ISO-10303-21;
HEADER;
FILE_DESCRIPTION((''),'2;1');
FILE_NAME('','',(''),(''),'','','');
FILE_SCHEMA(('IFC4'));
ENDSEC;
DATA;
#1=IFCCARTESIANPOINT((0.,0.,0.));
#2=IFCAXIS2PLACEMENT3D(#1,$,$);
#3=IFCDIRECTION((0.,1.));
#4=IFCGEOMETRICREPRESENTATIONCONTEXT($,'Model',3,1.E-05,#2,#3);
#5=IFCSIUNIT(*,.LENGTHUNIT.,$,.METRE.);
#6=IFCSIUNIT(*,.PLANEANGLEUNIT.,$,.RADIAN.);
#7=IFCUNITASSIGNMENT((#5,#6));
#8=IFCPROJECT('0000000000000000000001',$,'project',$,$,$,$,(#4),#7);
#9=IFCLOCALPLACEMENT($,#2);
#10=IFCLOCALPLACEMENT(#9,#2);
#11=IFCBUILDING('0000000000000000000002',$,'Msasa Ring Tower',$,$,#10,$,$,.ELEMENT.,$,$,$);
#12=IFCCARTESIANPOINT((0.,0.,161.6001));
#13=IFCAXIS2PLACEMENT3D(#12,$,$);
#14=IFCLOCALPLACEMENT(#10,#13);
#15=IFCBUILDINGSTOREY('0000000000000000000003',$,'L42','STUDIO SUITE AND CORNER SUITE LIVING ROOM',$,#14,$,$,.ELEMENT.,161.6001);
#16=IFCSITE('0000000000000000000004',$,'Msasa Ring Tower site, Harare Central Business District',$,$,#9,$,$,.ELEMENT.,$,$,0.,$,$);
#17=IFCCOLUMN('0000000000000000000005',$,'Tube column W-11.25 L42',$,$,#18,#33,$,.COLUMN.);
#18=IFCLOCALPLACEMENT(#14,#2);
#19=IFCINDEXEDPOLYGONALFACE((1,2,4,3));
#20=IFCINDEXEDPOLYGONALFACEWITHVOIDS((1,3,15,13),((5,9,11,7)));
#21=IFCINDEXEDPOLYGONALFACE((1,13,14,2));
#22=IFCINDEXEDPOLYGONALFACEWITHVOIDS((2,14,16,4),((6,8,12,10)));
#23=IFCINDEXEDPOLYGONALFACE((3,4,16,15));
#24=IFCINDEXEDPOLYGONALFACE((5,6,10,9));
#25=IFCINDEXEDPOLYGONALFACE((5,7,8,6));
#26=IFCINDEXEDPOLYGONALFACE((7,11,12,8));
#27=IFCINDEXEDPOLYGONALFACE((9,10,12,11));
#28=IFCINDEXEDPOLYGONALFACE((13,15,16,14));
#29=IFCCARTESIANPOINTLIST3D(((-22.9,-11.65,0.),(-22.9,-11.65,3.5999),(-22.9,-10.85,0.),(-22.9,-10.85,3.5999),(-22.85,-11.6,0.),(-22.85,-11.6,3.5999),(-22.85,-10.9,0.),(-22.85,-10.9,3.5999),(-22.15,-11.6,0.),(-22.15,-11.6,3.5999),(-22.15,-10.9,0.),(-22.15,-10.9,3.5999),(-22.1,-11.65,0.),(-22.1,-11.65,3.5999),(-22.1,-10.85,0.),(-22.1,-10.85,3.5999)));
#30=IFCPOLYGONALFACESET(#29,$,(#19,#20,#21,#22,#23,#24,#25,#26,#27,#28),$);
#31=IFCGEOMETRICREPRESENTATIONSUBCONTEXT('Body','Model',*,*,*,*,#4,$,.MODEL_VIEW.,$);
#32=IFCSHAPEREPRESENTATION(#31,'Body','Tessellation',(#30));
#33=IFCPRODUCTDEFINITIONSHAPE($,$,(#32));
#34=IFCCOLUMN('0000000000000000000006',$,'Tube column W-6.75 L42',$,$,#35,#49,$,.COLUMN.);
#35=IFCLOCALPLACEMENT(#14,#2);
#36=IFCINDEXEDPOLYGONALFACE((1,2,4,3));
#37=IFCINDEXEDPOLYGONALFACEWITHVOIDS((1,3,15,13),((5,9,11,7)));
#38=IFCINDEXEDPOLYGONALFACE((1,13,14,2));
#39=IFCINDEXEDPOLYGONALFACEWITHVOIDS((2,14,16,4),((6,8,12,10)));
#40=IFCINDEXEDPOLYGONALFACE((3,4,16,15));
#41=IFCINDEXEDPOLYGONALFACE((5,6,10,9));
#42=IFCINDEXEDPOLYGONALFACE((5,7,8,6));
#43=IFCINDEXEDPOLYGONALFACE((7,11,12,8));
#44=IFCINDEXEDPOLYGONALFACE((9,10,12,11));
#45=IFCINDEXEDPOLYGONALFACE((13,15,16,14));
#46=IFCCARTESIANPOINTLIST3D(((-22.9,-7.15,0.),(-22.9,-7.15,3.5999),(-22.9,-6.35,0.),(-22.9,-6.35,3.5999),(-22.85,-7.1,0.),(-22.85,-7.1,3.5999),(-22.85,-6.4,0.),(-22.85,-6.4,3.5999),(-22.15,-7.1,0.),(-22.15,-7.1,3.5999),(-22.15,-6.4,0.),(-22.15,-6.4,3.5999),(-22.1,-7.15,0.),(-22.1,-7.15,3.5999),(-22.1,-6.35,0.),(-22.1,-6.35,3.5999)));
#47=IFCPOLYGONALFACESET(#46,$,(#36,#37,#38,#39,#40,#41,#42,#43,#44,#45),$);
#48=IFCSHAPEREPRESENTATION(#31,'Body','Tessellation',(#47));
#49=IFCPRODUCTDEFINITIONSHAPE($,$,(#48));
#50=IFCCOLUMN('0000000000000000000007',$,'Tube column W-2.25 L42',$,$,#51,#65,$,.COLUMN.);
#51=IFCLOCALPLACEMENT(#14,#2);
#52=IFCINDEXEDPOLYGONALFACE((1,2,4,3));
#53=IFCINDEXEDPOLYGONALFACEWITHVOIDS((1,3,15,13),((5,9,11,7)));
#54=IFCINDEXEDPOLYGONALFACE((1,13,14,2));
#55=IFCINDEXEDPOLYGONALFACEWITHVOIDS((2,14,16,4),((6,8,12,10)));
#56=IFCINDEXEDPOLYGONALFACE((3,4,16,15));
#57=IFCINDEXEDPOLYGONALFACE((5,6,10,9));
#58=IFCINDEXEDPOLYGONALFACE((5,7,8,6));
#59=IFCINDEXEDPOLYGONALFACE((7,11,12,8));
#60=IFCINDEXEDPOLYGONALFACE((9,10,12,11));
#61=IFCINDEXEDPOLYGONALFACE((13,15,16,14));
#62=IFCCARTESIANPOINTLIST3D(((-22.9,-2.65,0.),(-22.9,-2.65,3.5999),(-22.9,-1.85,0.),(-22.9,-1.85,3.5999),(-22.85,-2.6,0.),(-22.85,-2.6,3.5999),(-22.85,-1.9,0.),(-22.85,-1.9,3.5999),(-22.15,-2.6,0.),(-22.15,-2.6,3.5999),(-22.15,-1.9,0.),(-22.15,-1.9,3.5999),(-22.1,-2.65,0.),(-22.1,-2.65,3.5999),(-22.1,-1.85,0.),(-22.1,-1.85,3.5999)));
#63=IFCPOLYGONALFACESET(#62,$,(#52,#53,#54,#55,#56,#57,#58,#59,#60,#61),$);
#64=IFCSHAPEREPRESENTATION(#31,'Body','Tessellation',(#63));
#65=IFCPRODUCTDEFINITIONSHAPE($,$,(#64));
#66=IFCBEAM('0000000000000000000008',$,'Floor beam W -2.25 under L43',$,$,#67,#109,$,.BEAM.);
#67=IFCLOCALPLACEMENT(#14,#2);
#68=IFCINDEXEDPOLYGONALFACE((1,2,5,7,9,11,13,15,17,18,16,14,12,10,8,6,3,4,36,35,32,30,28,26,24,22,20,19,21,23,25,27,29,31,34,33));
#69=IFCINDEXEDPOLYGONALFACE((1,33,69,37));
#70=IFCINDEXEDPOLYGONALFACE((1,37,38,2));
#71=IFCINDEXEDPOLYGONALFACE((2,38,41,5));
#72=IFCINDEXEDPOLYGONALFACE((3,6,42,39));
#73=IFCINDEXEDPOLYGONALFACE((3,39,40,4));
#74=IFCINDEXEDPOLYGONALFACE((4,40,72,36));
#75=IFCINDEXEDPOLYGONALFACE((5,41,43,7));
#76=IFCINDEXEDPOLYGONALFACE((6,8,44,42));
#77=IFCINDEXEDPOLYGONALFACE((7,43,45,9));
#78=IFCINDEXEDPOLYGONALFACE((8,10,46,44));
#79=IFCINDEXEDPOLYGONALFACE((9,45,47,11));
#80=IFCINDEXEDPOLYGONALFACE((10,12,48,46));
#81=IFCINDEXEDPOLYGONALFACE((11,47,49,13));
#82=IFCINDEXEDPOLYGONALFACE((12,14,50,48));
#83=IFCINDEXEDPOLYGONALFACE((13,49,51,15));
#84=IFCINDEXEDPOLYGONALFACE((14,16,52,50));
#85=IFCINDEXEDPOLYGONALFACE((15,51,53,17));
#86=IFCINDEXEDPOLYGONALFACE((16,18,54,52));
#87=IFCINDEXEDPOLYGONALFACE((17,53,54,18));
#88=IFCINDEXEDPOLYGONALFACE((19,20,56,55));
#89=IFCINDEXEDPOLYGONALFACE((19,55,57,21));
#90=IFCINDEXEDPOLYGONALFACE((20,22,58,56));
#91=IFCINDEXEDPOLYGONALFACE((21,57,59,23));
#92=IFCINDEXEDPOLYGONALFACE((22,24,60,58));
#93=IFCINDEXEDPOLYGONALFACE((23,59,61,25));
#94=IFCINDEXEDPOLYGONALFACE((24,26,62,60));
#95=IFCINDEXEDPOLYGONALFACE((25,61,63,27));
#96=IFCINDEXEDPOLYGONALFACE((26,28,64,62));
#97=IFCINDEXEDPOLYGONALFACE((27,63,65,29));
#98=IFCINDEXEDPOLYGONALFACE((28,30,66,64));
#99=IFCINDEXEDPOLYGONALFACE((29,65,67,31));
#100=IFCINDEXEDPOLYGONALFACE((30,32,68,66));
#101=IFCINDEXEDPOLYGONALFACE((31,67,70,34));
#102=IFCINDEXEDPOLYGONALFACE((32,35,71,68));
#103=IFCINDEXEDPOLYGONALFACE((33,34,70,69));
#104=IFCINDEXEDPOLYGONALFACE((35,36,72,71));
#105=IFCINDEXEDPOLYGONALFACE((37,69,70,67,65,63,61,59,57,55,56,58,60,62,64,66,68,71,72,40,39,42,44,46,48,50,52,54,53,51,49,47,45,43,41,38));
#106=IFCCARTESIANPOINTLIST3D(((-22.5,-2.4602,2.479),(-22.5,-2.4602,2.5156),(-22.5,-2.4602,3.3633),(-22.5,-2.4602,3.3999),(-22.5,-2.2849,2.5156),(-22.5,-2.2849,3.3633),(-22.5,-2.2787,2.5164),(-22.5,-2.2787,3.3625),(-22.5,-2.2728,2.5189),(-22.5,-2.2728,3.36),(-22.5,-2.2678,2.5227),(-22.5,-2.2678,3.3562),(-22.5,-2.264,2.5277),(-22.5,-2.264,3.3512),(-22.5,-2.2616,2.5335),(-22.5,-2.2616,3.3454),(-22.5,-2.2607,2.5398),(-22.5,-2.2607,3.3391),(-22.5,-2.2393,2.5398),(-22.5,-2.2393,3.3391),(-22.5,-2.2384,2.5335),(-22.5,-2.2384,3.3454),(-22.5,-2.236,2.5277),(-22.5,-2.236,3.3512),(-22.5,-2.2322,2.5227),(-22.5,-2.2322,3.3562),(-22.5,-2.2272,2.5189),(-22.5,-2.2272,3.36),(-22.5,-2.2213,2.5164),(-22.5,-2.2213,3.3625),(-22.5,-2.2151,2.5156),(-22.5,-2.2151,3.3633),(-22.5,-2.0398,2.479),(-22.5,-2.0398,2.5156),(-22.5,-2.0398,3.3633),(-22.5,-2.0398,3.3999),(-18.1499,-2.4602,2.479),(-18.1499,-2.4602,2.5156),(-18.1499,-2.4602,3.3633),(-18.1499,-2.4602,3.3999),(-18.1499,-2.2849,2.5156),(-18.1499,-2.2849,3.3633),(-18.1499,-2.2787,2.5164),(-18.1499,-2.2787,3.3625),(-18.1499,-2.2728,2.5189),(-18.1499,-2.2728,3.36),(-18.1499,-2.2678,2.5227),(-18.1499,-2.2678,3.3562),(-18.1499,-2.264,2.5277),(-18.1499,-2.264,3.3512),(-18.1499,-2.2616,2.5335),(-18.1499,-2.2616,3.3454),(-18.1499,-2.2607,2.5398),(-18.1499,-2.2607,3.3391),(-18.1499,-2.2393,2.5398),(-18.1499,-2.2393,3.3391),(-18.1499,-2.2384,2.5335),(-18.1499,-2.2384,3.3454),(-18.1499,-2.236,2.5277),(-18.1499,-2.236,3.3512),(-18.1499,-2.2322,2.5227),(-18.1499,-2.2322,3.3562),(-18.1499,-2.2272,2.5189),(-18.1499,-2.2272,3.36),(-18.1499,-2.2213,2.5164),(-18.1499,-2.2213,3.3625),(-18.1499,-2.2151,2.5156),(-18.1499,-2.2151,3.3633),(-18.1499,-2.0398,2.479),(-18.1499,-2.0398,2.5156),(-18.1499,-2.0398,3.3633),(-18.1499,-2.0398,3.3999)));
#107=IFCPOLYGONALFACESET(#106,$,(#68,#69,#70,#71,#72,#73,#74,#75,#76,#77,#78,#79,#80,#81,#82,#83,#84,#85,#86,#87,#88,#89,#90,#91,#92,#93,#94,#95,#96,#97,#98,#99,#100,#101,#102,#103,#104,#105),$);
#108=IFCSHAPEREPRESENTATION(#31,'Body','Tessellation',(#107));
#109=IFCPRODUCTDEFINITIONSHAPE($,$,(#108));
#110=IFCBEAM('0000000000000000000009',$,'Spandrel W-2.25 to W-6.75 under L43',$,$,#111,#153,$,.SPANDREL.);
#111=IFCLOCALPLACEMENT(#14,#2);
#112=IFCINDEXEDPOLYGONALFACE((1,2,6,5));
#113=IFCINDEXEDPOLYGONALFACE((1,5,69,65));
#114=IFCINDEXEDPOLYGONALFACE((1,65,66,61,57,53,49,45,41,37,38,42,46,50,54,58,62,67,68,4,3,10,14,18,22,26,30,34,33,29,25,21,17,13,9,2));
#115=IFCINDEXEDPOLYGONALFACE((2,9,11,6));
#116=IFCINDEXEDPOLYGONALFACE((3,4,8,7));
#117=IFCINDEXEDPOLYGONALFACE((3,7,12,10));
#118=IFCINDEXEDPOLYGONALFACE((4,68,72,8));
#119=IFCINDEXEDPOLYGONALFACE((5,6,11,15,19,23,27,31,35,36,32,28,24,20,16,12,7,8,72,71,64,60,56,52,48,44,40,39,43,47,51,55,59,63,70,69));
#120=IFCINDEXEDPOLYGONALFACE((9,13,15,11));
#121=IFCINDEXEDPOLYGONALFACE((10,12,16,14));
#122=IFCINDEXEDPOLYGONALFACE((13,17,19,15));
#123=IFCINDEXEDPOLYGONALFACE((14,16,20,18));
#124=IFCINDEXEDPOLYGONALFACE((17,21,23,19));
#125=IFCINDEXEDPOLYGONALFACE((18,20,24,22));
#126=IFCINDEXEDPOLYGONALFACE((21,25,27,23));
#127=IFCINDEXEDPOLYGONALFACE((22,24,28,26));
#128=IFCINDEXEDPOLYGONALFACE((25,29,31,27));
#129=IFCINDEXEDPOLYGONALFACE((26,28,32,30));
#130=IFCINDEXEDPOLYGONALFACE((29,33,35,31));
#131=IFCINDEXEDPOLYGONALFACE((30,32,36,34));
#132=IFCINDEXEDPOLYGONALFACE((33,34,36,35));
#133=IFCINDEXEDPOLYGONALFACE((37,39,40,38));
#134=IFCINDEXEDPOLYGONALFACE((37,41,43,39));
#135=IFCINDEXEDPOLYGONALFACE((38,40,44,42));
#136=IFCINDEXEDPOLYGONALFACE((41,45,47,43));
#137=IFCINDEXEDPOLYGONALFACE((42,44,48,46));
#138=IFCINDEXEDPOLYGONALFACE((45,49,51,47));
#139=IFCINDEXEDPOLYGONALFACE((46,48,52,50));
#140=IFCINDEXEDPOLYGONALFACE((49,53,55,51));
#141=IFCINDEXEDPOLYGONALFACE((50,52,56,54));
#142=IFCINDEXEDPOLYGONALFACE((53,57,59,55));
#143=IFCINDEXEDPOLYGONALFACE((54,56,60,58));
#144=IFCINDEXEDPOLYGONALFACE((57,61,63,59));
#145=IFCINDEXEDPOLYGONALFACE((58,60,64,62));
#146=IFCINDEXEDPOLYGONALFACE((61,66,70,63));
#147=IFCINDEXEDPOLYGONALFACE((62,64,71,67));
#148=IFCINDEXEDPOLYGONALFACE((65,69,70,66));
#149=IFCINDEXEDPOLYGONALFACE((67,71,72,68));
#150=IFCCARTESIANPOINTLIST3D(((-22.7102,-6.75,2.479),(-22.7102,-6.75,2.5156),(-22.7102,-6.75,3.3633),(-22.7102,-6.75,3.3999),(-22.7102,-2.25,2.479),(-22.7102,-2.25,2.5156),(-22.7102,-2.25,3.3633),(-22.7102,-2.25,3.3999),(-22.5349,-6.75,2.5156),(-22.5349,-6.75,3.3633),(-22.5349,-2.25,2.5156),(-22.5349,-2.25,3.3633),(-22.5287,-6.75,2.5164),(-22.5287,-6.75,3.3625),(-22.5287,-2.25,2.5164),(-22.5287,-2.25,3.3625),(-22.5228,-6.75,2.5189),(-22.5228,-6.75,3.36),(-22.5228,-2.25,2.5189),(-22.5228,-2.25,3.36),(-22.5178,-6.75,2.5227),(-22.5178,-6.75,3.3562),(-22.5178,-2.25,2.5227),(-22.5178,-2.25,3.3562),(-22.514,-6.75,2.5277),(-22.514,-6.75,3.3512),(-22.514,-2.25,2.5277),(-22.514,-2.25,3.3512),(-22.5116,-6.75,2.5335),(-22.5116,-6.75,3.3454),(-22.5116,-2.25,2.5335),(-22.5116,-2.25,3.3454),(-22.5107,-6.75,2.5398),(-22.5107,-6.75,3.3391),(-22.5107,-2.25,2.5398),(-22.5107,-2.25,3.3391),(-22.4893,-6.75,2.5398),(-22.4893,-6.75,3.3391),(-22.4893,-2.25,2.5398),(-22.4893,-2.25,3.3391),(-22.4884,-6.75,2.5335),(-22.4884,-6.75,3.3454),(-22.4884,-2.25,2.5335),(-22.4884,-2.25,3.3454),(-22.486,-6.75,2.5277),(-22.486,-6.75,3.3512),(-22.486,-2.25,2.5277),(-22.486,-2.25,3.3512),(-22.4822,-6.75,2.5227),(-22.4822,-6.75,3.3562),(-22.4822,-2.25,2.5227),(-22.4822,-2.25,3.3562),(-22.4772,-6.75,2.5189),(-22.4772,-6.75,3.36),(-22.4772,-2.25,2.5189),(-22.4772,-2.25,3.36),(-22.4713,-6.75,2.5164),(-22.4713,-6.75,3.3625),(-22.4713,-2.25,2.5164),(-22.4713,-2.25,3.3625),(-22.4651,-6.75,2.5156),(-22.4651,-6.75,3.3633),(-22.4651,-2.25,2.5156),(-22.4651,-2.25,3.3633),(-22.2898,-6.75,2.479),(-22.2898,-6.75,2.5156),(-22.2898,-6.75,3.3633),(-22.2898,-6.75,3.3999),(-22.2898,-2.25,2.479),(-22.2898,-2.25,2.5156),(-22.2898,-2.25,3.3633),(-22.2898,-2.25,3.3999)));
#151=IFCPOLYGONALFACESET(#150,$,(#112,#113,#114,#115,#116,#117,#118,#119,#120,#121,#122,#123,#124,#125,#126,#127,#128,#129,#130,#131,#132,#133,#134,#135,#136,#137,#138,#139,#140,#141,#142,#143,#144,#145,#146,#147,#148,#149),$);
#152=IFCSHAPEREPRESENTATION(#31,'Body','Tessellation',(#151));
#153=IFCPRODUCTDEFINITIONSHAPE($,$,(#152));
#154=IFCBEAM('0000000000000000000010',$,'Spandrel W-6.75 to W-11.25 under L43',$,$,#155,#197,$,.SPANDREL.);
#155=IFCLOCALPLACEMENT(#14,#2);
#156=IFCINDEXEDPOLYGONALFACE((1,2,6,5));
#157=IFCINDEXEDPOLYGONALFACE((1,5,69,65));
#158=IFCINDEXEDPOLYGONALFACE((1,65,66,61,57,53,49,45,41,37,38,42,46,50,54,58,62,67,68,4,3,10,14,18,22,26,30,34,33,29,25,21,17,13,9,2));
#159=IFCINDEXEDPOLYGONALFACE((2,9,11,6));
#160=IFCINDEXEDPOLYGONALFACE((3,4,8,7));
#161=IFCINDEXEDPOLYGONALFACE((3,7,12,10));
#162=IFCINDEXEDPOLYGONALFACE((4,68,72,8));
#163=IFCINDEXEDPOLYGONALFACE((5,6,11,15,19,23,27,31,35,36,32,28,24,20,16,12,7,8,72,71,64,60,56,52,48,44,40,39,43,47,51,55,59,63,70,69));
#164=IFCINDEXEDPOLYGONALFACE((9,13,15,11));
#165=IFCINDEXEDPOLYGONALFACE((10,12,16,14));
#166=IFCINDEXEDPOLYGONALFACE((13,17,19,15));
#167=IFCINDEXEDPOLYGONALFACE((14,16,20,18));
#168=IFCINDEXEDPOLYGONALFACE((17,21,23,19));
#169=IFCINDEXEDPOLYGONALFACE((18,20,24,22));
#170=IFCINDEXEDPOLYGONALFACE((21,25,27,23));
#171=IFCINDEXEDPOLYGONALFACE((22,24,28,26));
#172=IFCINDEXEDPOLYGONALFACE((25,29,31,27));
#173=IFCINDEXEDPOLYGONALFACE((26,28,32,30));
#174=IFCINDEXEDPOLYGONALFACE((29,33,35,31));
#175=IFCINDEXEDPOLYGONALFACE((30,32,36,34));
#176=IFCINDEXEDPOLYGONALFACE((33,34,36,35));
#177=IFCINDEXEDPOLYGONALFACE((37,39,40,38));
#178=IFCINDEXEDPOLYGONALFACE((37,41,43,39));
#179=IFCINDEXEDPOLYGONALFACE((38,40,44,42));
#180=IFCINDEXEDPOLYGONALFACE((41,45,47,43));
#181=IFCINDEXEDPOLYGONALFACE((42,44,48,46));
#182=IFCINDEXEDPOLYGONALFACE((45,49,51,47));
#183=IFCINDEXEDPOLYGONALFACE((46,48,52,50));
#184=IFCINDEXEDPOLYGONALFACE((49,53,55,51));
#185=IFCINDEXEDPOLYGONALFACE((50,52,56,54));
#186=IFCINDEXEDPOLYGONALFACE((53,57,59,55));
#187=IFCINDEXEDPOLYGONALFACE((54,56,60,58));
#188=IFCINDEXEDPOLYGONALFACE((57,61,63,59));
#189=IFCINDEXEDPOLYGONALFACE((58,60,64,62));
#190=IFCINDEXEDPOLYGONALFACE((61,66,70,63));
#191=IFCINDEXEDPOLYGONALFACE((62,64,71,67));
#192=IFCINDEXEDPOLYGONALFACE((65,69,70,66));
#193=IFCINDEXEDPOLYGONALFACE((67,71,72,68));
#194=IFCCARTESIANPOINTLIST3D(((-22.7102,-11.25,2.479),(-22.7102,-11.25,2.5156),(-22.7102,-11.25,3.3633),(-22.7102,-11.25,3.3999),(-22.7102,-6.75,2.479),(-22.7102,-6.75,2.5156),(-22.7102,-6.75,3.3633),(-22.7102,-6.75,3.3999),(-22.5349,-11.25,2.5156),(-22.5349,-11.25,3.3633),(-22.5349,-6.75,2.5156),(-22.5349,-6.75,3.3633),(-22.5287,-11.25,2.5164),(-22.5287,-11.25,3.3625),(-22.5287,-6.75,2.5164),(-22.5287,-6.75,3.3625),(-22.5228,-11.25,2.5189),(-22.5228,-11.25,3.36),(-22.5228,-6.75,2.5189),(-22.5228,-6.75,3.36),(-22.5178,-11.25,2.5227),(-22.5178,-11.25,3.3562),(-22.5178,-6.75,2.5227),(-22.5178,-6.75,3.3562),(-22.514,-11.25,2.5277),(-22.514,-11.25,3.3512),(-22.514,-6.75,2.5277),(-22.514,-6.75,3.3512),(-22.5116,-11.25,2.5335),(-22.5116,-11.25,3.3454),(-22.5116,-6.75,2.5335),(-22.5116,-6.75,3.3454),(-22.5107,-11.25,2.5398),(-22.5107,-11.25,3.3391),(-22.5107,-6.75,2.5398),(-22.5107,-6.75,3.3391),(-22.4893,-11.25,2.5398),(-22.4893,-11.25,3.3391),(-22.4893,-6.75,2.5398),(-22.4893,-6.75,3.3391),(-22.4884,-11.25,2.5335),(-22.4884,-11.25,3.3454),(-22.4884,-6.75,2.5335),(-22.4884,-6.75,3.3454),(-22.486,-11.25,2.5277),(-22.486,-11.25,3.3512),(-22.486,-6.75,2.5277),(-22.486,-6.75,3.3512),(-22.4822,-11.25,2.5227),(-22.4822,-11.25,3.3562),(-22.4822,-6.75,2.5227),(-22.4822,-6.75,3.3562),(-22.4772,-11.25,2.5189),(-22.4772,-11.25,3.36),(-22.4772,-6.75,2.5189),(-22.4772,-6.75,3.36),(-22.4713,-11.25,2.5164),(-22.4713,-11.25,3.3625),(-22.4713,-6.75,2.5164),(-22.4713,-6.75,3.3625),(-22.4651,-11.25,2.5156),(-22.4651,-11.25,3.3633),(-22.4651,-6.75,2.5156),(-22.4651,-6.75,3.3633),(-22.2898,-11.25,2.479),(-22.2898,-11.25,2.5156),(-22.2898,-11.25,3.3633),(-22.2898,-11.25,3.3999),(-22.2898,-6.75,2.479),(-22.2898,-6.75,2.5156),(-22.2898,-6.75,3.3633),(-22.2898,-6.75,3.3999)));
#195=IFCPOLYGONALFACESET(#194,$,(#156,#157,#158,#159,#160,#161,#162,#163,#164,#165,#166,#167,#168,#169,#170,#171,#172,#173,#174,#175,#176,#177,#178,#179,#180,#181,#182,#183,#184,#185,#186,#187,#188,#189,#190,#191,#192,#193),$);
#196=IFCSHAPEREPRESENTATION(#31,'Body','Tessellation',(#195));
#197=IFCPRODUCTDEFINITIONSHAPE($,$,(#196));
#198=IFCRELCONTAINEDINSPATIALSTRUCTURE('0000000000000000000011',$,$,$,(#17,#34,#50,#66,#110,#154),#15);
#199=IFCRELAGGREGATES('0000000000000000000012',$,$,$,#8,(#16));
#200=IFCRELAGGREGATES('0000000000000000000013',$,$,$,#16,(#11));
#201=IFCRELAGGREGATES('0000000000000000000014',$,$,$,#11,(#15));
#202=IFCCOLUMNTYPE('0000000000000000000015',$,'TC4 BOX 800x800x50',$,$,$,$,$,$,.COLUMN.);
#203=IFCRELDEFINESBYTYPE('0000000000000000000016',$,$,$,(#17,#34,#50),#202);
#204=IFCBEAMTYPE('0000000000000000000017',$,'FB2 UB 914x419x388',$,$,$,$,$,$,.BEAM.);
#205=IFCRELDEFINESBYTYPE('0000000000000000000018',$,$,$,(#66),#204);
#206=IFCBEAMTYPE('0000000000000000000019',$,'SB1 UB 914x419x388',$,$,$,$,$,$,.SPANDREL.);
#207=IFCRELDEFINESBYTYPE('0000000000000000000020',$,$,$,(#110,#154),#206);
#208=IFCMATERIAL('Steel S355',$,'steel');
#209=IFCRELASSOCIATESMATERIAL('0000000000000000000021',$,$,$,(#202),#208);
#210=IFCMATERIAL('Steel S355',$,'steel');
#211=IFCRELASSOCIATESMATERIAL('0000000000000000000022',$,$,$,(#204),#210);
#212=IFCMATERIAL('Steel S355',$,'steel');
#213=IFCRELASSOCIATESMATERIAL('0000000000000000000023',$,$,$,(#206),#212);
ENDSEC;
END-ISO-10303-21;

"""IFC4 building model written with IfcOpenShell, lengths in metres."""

from ifc_helpers import new_model, si_unit, direction, frame, origin, origin_2d, place, context, subcontext, project, spatial, hollow_rectangle, i_section, extrude, material, material_profile, profile_set, type_object, element, save


model = new_model("IFC4")

# Units and contexts
model_context = context("Model", 3, precision=1e-05, world=origin(), true_north=direction((0.0, 1.0)))
body_context = subcontext(model_context, "Body", "Model", "MODEL_VIEW")
ifc_project = project(units=[si_unit("LENGTHUNIT", "METRE"), si_unit("PLANEANGLEUNIT", "RADIAN")], contexts=[model_context])

# Site, building, storey
site_placement = place(None, origin())
site = spatial("IfcSite", under=ifc_project, at=site_placement, Name="Msasa Ring Tower site, Harare Central Business District", CompositionType="ELEMENT", RefElevation=0.0)
building_placement = place(site_placement, origin())
building = spatial("IfcBuilding", under=site, at=building_placement, Name="Msasa Ring Tower", CompositionType="ELEMENT")
storey_placement = place(building_placement, frame((0.0, 0.0, 161.6001)))
storey = spatial("IfcBuildingStorey", under=building, at=storey_placement, Name="L42", Description="STUDIO SUITE AND CORNER SUITE LIVING ROOM", CompositionType="ELEMENT", Elevation=161.6001)

# Columns
ifc_material_1 = material(Name="Steel S355", Category="steel")
ifc_material_profile_1 = material_profile(ifc_material_1, hollow_rectangle(XDim=0.8, YDim=0.8, WallThickness=0.05, at=origin_2d()), Name="BOX 800x800x50")
ifc_profile_set_1 = profile_set([ifc_material_profile_1], Name="Steel S355")
column_type = type_object("IfcColumnType", Name="TC4 BOX 800x800x50", PredefinedType="COLUMN", material=ifc_profile_set_1)
for number, where, z_axis, x_axis, name in (
    (1, (-22.5, -11.25, 0.0), (0.0, 0.0, 1.0), (1.0, 0.0, 0.0), "Tube column W-11.25 L42"),
    (2, (-22.5, -6.75, 0.0), (0.0, 0.0, 1.0), (1.0, 0.0, 0.0), "Tube column W-6.75 L42"),
    (3, (-22.5, -2.25, 0.0), (0.0, 0.0, 1.0), (1.0, 0.0, 0.0), "Tube column W-2.25 L42"),
):
    element("IfcColumn", number, at=place(storey_placement, frame(where, z_axis=z_axis, x_axis=x_axis)), inside=storey, type_object=column_type, Name=name, PredefinedType="COLUMN", context=body_context, shape_type="SweptSolid", body=[
        extrude(hollow_rectangle(XDim=0.8, YDim=0.8, WallThickness=0.05, at=origin_2d()), origin(), (0.0, 0.0, 1.0), 3.5999),
    ])

# Beams
ifc_material_2 = material(Name="Steel S355", Category="steel")
ifc_material_profile_2 = material_profile(ifc_material_2, i_section(OverallWidth=0.4204, OverallDepth=0.9209, WebThickness=0.0215, FlangeThickness=0.0366, FilletRadius=0.0242, at=origin_2d()), Name="UB 914x419x388")
ifc_profile_set_2 = profile_set([ifc_material_profile_2], Name="Steel S355")
beam_type_1 = type_object("IfcBeamType", Name="FB2 UB 914x419x388", PredefinedType="BEAM", material=ifc_profile_set_2)
beam_placement = place(storey_placement, frame((-22.5, -2.25, 2.9395), z_axis=(1.0, 0.0, 0.0), x_axis=(0.0, 1.0, 0.0)))
element("IfcBeam", 4, at=beam_placement, inside=storey, type_object=beam_type_1, Name="Floor beam W -2.25 under L43", PredefinedType="BEAM", context=body_context, shape_type="SweptSolid", body=[
    extrude(i_section(OverallWidth=0.4204, OverallDepth=0.9209, WebThickness=0.0215, FlangeThickness=0.0366, FilletRadius=0.0242, at=origin_2d()), origin(), (0.0, 0.0, 1.0), 4.3501),
])
ifc_material_3 = material(Name="Steel S355", Category="steel")
ifc_material_profile_3 = material_profile(ifc_material_3, i_section(OverallWidth=0.4204, OverallDepth=0.9209, WebThickness=0.0215, FlangeThickness=0.0366, FilletRadius=0.0242, at=origin_2d()), Name="UB 914x419x388")
ifc_profile_set_3 = profile_set([ifc_material_profile_3], Name="Steel S355")
beam_type_2 = type_object("IfcBeamType", Name="SB1 UB 914x419x388", PredefinedType="SPANDREL", material=ifc_profile_set_3)
for number, where, z_axis, x_axis, name in (
    (5, (-22.5, -2.25, 2.9395), (0.0, -1.0, 0.0), (1.0, 0.0, 0.0), "Spandrel W-2.25 to W-6.75 under L43"),
    (6, (-22.5, -6.75, 2.9395), (0.0, -1.0, 0.0), (1.0, 0.0, 0.0), "Spandrel W-6.75 to W-11.25 under L43"),
):
    element("IfcBeam", number, at=place(storey_placement, frame(where, z_axis=z_axis, x_axis=x_axis)), inside=storey, type_object=beam_type_2, Name=name, PredefinedType="SPANDREL", context=body_context, shape_type="SweptSolid", body=[
        extrude(i_section(OverallWidth=0.4204, OverallDepth=0.9209, WebThickness=0.0215, FlangeThickness=0.0366, FilletRadius=0.0242, at=origin_2d()), origin(), (0.0, 0.0, 1.0), 4.5),
    ])

save(model, "model.ifc")
